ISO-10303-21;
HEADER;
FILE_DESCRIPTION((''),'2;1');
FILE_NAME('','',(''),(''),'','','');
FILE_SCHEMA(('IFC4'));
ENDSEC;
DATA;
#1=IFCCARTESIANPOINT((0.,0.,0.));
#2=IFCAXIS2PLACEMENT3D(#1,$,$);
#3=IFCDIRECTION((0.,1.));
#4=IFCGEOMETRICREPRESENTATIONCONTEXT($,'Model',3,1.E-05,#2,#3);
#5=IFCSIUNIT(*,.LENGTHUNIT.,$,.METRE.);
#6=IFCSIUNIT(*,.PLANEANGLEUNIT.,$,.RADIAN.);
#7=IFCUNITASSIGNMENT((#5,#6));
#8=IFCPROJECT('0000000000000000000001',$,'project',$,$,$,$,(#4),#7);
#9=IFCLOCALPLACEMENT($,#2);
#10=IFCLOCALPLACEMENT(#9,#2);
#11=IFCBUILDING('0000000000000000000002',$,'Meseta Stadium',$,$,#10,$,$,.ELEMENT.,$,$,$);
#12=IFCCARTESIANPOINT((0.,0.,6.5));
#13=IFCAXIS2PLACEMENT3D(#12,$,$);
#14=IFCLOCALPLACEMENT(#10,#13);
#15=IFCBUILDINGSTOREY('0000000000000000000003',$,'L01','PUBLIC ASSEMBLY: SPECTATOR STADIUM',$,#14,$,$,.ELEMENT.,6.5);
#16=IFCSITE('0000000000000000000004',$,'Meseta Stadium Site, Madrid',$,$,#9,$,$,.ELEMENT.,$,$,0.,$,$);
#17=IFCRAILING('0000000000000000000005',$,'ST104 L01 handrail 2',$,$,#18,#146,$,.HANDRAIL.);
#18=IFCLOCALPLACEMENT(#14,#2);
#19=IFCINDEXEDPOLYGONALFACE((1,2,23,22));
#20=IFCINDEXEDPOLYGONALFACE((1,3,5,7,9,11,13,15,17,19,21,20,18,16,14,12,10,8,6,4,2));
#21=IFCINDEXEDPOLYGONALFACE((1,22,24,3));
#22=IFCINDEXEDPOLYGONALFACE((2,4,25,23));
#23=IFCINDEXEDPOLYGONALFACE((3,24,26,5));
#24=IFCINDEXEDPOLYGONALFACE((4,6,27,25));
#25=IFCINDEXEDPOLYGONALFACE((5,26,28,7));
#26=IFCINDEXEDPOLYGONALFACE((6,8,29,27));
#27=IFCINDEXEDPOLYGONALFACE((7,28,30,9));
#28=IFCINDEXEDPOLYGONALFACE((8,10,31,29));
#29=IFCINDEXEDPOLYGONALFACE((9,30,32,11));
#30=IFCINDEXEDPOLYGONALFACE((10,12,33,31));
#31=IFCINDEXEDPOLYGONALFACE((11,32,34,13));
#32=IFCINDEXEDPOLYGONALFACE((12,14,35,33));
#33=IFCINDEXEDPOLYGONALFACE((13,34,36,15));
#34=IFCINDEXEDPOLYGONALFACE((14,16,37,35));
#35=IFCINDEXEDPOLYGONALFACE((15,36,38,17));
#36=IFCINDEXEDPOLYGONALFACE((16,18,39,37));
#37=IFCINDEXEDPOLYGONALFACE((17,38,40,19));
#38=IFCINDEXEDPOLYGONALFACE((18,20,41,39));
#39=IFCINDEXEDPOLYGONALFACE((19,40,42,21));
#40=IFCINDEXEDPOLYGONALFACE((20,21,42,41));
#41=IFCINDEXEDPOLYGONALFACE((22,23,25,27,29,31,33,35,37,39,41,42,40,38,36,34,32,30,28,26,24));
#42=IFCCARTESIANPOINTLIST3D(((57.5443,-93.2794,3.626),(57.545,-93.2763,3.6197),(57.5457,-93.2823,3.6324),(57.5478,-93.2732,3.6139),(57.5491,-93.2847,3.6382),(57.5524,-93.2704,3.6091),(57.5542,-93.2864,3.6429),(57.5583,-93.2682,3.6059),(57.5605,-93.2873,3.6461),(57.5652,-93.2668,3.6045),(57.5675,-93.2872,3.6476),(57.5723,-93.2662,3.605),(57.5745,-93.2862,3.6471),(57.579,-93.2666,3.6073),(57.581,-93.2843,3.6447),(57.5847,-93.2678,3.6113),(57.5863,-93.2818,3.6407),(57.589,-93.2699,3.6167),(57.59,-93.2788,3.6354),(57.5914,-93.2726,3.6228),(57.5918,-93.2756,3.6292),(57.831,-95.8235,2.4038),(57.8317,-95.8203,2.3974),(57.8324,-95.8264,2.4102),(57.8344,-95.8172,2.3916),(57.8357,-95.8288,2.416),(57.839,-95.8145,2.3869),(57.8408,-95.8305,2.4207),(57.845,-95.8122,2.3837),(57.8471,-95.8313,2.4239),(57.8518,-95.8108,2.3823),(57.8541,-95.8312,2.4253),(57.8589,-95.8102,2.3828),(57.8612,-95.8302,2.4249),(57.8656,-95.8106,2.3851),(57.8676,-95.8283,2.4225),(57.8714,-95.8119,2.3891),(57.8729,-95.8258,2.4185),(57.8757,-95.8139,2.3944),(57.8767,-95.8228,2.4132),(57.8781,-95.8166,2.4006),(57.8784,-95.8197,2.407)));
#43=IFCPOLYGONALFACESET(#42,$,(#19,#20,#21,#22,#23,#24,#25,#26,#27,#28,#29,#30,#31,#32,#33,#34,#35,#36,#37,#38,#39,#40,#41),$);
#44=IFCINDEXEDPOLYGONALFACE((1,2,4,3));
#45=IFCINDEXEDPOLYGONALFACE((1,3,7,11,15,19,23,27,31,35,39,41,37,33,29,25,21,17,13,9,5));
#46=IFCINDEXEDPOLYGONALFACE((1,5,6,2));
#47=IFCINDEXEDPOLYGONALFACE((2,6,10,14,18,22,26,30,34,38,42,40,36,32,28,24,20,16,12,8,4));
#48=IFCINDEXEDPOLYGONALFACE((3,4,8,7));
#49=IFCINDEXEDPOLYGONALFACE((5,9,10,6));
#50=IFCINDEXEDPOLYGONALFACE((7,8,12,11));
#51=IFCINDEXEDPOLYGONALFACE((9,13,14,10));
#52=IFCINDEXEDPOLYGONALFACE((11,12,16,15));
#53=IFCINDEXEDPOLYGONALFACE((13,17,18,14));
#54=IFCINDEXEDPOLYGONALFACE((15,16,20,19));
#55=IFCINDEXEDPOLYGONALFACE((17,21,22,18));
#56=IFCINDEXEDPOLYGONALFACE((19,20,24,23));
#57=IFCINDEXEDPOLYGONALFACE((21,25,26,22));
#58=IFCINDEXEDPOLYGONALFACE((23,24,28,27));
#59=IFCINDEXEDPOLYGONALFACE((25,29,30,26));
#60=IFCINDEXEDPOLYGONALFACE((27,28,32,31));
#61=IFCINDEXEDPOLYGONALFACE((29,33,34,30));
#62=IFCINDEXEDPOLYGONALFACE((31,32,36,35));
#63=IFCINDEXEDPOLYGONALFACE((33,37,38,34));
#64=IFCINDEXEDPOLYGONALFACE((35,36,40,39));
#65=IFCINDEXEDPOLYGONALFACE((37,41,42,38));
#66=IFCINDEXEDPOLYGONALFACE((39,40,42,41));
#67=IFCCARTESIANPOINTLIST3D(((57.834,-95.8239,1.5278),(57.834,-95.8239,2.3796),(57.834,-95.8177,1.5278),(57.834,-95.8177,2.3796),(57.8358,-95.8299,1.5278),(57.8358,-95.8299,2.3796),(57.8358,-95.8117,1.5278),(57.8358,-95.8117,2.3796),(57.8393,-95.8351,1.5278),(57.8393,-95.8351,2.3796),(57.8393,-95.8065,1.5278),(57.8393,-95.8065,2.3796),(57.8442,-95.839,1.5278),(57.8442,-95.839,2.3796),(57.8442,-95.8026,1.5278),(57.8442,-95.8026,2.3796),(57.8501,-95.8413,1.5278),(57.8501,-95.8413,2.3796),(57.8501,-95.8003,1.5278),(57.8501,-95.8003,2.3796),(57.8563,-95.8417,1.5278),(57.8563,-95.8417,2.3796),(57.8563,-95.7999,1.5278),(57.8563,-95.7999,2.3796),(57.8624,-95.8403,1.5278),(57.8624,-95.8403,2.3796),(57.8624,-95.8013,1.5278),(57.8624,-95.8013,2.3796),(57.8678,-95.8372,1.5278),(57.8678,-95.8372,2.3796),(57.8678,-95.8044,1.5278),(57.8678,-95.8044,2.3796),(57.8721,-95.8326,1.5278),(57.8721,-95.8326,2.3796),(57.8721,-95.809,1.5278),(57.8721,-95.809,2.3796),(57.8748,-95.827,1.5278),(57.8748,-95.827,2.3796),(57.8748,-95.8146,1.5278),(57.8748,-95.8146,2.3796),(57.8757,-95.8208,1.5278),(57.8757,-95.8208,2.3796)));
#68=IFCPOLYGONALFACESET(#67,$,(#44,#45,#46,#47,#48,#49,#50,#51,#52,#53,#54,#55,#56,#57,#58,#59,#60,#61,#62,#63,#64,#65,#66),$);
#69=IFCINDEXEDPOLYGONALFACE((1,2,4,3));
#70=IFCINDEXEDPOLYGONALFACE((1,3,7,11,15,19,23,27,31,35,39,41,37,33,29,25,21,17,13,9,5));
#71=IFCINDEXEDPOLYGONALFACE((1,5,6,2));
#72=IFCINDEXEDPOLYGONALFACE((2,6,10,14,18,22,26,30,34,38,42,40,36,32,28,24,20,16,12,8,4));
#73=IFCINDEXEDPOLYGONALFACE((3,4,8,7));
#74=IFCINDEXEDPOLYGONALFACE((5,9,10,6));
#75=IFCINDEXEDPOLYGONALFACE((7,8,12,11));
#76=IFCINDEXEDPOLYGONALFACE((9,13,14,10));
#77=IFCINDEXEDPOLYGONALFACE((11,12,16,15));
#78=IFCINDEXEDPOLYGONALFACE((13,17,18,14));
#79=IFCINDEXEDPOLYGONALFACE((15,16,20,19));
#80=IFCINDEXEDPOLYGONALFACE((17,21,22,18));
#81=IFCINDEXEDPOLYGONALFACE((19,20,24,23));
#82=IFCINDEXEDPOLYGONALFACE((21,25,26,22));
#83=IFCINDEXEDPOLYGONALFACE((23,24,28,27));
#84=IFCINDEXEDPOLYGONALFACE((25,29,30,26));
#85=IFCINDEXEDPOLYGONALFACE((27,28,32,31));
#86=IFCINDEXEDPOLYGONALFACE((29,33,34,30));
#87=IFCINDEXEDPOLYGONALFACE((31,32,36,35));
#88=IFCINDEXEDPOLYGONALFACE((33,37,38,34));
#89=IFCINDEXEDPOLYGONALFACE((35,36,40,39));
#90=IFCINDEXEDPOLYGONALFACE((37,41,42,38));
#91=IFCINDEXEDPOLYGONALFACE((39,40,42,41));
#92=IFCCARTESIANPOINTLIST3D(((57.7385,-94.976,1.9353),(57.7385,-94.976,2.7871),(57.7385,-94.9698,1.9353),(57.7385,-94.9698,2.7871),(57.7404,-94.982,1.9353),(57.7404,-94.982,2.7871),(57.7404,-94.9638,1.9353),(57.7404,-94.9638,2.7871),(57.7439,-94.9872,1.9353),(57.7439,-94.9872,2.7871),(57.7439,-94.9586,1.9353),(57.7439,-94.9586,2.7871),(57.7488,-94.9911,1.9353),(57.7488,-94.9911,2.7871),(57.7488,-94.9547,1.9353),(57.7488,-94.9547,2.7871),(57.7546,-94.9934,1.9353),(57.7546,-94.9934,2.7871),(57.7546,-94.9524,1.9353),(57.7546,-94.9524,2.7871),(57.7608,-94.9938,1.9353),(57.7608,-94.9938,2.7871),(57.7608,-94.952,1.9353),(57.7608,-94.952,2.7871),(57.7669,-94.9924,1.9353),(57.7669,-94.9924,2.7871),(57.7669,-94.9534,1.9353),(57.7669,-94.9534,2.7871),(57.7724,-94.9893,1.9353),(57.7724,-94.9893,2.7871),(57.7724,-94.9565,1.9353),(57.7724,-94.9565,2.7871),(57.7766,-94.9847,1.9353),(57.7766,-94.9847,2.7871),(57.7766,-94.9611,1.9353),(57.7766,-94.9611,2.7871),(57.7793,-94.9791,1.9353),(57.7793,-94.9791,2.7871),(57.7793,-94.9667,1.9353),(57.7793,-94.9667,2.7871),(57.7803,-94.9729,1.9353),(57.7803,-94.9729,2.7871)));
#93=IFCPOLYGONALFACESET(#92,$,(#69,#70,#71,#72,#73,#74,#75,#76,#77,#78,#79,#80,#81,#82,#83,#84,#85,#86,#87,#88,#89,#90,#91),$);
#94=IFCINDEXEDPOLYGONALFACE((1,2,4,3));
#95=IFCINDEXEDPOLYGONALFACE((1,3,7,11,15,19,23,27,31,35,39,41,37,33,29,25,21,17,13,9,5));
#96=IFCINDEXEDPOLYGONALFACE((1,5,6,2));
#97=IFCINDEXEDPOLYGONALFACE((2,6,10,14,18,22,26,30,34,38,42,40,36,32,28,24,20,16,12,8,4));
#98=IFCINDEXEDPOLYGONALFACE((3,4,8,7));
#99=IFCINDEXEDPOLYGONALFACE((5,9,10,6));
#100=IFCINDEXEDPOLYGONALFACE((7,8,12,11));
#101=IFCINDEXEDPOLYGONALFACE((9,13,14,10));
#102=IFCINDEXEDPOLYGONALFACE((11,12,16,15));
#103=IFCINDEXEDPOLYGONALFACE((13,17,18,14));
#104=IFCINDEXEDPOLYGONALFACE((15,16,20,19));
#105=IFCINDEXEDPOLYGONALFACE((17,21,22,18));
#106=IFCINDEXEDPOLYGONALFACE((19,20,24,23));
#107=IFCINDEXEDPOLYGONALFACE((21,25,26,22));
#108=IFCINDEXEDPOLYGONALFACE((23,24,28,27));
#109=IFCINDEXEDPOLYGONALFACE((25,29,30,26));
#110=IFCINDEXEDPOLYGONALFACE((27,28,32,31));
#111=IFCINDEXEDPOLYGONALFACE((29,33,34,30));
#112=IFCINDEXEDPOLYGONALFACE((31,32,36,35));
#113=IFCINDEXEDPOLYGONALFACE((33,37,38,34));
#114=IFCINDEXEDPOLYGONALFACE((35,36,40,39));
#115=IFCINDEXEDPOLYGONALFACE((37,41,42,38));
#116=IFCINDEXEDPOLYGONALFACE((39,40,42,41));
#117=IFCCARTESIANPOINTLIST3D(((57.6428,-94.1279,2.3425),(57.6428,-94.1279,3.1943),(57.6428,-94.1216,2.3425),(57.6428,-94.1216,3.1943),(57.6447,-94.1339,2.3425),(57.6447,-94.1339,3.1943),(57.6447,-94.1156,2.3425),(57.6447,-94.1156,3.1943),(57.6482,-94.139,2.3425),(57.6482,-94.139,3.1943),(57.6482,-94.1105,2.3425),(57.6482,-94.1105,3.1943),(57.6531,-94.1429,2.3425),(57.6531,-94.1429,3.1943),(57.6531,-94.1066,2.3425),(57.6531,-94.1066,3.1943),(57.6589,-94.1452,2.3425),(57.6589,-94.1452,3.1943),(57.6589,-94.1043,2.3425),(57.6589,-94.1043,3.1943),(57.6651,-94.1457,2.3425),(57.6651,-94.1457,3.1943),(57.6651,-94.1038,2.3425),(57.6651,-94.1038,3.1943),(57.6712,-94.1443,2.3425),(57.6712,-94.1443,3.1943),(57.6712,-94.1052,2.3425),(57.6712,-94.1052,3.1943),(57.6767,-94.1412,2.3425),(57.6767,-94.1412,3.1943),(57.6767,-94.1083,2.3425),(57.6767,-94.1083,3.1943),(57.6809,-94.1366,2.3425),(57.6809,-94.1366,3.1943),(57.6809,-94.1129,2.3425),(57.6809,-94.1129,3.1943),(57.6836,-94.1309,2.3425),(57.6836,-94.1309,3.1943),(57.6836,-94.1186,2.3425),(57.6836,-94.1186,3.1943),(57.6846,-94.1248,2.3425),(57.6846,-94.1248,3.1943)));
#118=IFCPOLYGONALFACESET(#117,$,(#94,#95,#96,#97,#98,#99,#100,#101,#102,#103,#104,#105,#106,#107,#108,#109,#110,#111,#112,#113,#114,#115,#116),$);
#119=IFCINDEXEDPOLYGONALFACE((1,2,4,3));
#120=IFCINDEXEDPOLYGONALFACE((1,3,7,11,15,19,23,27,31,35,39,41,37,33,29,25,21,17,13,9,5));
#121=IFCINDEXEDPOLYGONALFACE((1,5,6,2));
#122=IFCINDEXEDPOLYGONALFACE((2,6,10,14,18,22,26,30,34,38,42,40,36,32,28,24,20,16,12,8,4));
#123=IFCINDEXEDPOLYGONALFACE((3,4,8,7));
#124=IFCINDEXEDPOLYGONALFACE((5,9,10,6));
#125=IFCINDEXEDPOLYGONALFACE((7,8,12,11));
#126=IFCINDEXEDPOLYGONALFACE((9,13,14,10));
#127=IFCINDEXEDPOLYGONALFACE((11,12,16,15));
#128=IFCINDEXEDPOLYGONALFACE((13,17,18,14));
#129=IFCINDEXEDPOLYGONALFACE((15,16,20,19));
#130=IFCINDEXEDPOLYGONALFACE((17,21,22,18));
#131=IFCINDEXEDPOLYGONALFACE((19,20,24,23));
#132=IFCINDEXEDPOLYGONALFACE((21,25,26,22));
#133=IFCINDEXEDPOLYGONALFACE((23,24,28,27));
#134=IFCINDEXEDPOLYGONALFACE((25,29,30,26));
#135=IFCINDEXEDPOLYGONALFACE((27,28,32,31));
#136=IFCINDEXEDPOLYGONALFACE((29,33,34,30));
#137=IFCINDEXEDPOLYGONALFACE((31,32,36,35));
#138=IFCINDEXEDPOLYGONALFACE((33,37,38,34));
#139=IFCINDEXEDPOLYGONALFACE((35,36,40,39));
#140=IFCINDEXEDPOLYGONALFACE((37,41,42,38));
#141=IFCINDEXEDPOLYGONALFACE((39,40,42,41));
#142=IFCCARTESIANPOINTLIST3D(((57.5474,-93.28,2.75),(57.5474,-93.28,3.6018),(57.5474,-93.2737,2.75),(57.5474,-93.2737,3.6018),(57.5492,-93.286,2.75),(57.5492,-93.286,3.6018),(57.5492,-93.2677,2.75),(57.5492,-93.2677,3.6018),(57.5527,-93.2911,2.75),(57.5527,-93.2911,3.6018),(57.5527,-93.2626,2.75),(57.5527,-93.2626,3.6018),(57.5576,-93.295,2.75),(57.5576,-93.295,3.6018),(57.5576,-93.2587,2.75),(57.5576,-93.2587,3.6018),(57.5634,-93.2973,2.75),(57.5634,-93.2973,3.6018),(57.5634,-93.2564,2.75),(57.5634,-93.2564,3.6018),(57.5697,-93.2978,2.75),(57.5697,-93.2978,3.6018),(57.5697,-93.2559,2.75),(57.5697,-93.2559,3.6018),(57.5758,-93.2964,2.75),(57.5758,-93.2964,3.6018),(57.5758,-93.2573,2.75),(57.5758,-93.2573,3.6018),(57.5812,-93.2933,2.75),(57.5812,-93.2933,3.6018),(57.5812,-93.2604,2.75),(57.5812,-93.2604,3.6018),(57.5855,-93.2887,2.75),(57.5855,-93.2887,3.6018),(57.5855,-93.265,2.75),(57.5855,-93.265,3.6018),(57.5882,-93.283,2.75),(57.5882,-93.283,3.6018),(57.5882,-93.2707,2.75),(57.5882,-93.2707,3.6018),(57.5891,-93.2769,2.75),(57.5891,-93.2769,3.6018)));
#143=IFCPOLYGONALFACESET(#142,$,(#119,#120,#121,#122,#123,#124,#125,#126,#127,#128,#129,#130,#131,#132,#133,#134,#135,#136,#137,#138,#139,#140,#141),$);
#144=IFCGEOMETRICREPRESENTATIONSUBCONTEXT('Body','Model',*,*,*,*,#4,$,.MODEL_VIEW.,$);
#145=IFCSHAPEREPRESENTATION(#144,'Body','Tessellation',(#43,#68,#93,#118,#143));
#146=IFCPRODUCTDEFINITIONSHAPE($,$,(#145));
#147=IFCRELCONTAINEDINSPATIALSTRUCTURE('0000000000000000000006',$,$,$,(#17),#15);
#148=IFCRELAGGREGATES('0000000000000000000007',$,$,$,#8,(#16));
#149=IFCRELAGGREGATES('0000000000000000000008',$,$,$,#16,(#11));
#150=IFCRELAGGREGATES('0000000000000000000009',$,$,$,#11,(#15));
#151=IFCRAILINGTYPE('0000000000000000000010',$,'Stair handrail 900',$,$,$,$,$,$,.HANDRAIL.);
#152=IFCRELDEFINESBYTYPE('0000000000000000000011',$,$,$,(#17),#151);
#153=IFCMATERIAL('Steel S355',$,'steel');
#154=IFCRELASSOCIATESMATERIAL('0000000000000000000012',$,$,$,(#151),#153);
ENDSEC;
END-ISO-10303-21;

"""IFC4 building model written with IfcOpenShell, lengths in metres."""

from ifc_helpers import new_model, si_unit, direction, frame, origin, origin_2d, place, context, subcontext, project, spatial, circle, extrude, material, type_object, element, save


model = new_model("IFC4")

# Units and contexts
model_context = context("Model", 3, precision=1e-05, world=origin(), true_north=direction((0.0, 1.0)))
body_context = subcontext(model_context, "Body", "Model", "MODEL_VIEW")
ifc_project = project(units=[si_unit("LENGTHUNIT", "METRE"), si_unit("PLANEANGLEUNIT", "RADIAN")], contexts=[model_context])

# Site, building, storey
site_placement = place(None, origin())
site = spatial("IfcSite", under=ifc_project, at=site_placement, Name="Meseta Stadium Site, Madrid", CompositionType="ELEMENT", RefElevation=0.0)
building_placement = place(site_placement, origin())
building = spatial("IfcBuilding", under=site, at=building_placement, Name="Meseta Stadium", CompositionType="ELEMENT")
storey_placement = place(building_placement, frame((0.0, 0.0, 6.5)))
storey = spatial("IfcBuildingStorey", under=building, at=storey_placement, Name="L01", Description="PUBLIC ASSEMBLY: SPECTATOR STADIUM", CompositionType="ELEMENT", Elevation=6.5)

# Railing
ifc_material_1 = material(Name="Steel S355", Category="steel")
railing_type_1 = type_object("IfcRailingType", Name="Stair handrail 900", PredefinedType="HANDRAIL", material=ifc_material_1)
railing_1_placement = place(storey_placement, frame((57.8547, -95.8208, 1.5278)))
element("IfcRailing", 1, at=railing_1_placement, inside=storey, type_object=railing_type_1, Name="ST104 L01 handrail 2", PredefinedType="HANDRAIL", context=body_context, shape_type="SweptSolid", body=[
    extrude(circle(Radius=0.0239, at=origin_2d()), frame((0.0, 0.0, 0.876), z_axis=(-0.101036, 0.896762, 0.430824), x_axis=(-0.993713, -0.11196, 0.0)), (0.0, 0.0, 1.0), 2.8369),
    extrude(circle(Radius=0.021, at=origin_2d()), origin(), (0.0, 0.0, 1.0), 0.8518),
    extrude(circle(Radius=0.021, at=origin_2d()), frame((-0.0955, 0.8479, 0.4075)), (0.0, 0.0, 1.0), 0.8518),
    extrude(circle(Radius=0.021, at=origin_2d()), frame((-0.1912, 1.696, 0.8147)), (0.0, 0.0, 1.0), 0.8518),
    extrude(circle(Radius=0.021, at=origin_2d()), frame((-0.2866, 2.5439, 1.2222)), (0.0, 0.0, 1.0), 0.8518),
])

save(model, "model.ifc")
